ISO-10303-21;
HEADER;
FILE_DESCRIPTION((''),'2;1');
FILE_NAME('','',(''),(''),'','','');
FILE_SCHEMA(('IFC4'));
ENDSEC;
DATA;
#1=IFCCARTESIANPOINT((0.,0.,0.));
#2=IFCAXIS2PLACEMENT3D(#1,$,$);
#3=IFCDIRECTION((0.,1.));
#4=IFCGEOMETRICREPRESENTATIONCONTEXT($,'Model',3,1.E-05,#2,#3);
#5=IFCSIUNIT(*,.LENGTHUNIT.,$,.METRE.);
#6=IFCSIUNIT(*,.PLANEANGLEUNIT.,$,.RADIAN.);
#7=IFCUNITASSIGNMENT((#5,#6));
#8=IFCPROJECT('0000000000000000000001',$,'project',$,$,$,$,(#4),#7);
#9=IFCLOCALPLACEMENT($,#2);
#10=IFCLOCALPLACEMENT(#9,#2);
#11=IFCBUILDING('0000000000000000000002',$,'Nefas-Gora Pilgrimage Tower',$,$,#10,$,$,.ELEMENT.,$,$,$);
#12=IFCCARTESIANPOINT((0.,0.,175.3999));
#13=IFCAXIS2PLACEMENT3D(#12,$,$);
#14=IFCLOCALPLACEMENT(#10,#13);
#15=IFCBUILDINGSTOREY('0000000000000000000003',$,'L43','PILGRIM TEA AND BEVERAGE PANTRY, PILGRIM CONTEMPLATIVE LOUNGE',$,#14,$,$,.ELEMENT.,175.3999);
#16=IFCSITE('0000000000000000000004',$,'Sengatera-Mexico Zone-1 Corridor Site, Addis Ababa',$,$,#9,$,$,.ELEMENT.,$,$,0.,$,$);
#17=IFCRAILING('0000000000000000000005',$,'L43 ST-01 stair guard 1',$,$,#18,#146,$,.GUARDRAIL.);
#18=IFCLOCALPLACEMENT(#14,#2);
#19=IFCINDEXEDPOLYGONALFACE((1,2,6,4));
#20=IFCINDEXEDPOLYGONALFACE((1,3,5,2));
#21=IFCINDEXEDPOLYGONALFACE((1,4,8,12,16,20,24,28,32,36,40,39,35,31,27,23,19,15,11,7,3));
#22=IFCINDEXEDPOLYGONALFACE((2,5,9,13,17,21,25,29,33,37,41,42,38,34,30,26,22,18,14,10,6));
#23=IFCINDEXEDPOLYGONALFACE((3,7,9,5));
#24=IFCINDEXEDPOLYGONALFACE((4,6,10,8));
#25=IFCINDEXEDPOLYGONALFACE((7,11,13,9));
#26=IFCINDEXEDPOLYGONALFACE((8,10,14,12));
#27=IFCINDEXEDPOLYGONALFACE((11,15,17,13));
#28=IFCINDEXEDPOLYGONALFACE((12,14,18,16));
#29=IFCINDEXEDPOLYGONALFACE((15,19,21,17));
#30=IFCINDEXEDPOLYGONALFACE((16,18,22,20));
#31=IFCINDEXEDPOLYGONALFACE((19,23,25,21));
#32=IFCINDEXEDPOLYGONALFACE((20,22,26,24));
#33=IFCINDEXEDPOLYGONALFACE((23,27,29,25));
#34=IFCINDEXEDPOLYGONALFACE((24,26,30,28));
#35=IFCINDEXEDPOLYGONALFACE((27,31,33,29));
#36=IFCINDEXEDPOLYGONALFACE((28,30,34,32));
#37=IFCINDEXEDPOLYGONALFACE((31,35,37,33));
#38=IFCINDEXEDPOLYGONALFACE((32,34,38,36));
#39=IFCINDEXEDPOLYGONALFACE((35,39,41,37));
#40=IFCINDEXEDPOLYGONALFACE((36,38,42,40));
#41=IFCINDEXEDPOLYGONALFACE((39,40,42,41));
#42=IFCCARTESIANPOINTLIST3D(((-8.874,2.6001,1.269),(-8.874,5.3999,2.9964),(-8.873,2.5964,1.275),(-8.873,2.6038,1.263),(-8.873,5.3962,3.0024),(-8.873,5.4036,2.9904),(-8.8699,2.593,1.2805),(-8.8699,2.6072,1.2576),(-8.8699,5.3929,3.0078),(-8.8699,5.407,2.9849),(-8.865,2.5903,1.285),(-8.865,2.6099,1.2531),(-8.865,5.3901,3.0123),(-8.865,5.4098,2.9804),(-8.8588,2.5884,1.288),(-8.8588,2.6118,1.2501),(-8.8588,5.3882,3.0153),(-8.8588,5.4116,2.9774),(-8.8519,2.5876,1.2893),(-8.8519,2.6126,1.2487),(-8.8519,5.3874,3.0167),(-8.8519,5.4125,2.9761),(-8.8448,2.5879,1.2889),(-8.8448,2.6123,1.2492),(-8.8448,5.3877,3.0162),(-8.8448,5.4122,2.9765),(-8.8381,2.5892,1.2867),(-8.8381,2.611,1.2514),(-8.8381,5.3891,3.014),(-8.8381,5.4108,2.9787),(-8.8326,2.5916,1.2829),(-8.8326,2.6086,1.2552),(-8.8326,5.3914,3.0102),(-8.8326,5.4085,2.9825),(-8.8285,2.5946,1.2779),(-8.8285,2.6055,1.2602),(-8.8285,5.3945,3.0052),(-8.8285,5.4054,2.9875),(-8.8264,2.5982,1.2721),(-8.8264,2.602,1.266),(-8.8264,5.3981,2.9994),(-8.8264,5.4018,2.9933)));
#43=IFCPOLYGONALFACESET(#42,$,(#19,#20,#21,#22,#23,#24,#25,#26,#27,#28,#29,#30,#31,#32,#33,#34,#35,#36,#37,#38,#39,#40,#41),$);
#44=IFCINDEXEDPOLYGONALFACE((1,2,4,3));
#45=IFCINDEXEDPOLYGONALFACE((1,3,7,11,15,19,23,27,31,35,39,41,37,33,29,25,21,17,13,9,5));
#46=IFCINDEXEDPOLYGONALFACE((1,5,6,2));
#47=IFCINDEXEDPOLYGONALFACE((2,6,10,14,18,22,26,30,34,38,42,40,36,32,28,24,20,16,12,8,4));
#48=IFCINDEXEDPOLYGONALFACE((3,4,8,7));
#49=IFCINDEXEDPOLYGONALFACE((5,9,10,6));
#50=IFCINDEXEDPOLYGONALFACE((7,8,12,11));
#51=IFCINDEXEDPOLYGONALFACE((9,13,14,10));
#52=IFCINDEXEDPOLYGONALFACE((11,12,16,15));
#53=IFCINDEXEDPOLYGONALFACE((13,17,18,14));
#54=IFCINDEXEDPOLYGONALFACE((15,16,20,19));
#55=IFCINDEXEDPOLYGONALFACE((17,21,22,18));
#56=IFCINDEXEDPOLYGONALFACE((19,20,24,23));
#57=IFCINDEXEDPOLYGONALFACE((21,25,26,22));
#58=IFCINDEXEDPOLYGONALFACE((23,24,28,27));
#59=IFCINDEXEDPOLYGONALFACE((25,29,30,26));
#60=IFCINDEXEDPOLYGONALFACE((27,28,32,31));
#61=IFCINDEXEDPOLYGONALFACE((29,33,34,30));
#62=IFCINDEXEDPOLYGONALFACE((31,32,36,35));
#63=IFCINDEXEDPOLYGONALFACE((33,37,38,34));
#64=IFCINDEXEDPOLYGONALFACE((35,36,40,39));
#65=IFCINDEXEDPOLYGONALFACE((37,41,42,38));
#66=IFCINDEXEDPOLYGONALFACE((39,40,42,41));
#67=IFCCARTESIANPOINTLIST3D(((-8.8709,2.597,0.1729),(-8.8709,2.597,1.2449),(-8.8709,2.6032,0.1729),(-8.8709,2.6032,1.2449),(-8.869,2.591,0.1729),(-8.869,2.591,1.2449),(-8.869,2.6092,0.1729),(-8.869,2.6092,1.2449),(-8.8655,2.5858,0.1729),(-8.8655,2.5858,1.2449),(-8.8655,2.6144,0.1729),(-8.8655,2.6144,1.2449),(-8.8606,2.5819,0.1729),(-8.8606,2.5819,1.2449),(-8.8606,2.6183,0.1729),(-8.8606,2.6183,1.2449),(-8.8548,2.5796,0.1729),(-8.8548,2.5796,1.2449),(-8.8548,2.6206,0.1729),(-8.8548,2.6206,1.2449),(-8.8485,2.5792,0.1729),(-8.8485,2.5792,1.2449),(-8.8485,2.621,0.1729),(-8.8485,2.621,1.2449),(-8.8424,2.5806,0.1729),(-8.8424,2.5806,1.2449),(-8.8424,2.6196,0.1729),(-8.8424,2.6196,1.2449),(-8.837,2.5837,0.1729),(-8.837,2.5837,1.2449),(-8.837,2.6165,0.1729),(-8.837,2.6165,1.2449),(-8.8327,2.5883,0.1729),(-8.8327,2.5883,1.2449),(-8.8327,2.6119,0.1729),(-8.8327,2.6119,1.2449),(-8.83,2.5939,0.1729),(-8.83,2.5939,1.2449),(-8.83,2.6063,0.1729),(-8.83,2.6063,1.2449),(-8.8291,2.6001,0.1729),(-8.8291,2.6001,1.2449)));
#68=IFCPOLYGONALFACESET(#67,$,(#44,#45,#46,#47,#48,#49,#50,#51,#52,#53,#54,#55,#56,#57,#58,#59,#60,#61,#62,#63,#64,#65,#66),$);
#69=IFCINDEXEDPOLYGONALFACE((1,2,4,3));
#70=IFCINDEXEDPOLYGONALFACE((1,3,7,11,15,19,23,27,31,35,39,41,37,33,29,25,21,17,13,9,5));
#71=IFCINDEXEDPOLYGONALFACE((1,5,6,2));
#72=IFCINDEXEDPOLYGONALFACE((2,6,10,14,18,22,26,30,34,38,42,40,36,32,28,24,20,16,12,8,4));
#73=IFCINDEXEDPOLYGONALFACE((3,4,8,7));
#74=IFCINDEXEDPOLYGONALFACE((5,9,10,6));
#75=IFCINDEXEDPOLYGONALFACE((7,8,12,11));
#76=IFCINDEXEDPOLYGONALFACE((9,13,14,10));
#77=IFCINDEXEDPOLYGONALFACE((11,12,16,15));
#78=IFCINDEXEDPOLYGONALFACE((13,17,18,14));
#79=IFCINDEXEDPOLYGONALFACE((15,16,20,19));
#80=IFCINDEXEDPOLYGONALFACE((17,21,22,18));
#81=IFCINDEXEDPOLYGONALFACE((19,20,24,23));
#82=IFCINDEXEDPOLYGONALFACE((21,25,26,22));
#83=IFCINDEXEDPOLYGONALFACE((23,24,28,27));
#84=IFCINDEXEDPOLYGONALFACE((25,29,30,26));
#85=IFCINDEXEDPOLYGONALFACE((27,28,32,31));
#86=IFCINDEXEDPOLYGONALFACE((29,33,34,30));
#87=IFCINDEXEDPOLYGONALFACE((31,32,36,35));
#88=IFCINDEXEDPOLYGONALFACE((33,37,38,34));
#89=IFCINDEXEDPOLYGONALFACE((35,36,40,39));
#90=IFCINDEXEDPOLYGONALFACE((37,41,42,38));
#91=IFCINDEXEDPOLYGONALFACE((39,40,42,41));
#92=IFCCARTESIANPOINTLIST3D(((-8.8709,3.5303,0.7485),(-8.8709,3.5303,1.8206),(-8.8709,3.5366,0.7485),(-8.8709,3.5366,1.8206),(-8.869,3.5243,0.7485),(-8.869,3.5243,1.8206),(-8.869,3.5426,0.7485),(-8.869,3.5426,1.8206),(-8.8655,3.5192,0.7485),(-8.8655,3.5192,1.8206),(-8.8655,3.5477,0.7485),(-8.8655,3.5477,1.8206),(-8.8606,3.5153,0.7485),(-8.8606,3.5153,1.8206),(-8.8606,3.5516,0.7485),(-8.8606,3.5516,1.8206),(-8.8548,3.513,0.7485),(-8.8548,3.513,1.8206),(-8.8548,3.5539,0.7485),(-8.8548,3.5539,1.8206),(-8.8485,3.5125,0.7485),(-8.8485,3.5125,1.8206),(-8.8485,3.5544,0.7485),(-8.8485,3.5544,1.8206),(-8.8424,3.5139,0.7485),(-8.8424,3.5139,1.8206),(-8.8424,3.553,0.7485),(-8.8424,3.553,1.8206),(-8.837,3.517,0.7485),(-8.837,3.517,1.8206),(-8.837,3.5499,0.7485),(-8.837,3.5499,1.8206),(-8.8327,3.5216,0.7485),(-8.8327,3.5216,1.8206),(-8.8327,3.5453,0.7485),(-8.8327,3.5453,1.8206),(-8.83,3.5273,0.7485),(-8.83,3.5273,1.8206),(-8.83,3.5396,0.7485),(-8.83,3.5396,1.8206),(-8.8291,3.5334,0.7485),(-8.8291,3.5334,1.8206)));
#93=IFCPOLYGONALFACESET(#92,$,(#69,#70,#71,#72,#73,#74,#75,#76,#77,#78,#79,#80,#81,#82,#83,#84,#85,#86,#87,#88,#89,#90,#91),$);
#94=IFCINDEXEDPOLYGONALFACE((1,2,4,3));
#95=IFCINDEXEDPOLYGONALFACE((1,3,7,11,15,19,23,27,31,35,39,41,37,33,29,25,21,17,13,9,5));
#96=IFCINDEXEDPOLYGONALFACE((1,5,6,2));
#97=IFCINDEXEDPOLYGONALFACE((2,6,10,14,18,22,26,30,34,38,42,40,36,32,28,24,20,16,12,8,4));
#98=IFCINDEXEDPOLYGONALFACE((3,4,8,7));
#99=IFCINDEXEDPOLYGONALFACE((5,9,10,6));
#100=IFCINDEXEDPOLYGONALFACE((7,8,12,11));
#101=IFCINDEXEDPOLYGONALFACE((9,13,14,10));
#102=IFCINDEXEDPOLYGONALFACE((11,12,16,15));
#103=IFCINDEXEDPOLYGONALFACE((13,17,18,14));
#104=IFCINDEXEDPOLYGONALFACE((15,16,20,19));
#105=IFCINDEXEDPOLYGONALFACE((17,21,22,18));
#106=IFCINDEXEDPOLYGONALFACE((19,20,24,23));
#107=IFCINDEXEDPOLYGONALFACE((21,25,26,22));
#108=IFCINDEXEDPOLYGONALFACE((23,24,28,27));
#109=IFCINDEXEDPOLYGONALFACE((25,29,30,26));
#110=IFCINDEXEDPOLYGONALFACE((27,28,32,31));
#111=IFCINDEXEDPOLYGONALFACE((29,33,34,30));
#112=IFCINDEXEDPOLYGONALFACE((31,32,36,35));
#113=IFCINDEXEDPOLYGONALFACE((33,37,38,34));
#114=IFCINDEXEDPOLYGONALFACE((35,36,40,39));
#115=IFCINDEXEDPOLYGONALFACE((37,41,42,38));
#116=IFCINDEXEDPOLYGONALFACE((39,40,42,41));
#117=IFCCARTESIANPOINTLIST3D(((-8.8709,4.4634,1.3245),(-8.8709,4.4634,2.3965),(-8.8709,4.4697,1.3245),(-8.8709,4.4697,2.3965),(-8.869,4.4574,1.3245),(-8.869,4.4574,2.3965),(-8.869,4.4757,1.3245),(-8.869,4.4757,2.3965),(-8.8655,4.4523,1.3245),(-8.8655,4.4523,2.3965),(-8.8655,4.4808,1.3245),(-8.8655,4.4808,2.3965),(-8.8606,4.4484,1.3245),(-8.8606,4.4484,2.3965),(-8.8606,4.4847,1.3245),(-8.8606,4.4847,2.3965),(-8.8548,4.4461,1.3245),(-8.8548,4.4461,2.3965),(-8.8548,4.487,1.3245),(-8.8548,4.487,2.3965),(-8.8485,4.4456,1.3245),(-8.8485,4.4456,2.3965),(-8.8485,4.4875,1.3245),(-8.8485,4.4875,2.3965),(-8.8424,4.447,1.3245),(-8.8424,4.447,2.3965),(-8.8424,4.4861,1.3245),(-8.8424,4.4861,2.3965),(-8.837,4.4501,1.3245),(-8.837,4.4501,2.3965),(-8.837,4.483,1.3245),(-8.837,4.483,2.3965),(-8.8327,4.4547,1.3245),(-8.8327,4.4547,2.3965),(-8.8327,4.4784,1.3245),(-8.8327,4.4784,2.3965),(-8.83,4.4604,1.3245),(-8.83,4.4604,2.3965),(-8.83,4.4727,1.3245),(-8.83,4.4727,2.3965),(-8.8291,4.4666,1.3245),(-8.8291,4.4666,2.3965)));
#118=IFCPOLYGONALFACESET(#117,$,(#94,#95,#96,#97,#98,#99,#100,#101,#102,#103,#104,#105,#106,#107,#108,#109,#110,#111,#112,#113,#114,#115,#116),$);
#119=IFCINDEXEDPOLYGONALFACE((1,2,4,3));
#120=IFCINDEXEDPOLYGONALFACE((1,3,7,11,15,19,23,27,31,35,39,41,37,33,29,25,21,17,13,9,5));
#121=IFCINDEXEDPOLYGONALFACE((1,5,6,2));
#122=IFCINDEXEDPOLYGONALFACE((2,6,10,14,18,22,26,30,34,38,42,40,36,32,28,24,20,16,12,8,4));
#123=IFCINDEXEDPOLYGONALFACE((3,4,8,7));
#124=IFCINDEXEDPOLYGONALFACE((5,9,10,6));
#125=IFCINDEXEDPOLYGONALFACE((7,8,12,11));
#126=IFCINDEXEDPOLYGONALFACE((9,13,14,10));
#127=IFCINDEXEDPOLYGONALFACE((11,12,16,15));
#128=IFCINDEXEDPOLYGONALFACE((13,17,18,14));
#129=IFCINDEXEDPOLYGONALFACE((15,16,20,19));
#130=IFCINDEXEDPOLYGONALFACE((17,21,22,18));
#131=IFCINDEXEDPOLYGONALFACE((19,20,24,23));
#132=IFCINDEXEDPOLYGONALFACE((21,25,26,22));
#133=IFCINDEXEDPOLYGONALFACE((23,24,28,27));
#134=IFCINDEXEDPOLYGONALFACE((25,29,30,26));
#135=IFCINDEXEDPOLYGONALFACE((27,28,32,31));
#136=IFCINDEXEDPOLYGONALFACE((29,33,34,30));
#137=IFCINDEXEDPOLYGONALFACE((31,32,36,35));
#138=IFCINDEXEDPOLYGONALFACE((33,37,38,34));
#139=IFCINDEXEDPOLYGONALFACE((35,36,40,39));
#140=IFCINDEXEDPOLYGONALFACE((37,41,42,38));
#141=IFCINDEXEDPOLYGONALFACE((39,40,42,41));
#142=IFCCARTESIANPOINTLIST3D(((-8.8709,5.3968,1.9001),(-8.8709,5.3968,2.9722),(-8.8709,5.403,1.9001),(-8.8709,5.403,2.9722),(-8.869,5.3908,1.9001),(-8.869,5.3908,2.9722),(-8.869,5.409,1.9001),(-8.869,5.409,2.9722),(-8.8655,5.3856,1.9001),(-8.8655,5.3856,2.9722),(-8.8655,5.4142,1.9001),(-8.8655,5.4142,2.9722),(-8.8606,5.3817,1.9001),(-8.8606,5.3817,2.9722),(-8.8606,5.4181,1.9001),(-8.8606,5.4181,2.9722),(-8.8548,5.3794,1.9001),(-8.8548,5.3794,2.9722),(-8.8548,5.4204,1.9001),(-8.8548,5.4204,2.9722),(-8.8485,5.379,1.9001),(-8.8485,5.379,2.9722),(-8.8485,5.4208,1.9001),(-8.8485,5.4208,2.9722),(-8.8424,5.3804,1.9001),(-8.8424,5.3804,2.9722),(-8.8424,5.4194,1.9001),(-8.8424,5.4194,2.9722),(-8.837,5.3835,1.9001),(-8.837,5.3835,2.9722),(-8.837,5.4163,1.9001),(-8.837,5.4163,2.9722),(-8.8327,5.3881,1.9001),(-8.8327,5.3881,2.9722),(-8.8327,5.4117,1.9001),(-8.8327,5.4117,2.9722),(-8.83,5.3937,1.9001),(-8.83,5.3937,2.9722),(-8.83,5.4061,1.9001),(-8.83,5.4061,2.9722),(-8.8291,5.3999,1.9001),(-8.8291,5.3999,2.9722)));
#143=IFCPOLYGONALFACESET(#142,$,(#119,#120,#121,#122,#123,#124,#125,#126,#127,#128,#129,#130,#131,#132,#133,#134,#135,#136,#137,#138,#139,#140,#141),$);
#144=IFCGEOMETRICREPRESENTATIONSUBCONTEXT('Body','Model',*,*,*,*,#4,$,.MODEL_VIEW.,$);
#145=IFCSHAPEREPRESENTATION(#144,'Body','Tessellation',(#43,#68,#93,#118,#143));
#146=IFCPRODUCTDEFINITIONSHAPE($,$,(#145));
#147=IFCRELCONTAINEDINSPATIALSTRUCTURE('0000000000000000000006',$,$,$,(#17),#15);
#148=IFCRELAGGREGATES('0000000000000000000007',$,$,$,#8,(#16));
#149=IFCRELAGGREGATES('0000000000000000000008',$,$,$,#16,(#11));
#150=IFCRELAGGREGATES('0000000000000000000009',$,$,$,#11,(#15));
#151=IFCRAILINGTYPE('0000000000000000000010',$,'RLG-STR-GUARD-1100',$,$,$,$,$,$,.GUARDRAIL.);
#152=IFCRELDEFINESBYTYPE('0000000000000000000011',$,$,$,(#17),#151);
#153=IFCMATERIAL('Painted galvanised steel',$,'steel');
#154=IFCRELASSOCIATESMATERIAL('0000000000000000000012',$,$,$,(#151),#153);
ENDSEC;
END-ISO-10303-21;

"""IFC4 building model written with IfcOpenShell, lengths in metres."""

from ifc_helpers import new_model, si_unit, direction, frame, origin, origin_2d, place, context, subcontext, project, spatial, circle, extrude, material, type_object, element, save


model = new_model("IFC4")

# Units and contexts
model_context = context("Model", 3, precision=1e-05, world=origin(), true_north=direction((0.0, 1.0)))
body_context = subcontext(model_context, "Body", "Model", "MODEL_VIEW")
ifc_project = project(units=[si_unit("LENGTHUNIT", "METRE"), si_unit("PLANEANGLEUNIT", "RADIAN")], contexts=[model_context])

# Site, building, storey
site_placement = place(None, origin())
site = spatial("IfcSite", under=ifc_project, at=site_placement, Name="Sengatera-Mexico Zone-1 Corridor Site, Addis Ababa", CompositionType="ELEMENT", RefElevation=0.0)
building_placement = place(site_placement, origin())
building = spatial("IfcBuilding", under=site, at=building_placement, Name="Nefas-Gora Pilgrimage Tower", CompositionType="ELEMENT")
storey_placement = place(building_placement, frame((0.0, 0.0, 175.3999)))
storey = spatial("IfcBuildingStorey", under=building, at=storey_placement, Name="L43", Description="PILGRIM TEA AND BEVERAGE PANTRY, PILGRIM CONTEMPLATIVE LOUNGE", CompositionType="ELEMENT", Elevation=175.3999)

# Railing
ifc_material_1 = material(Name="Painted galvanised steel", Category="steel")
railing_type_1 = type_object("IfcRailingType", Name="RLG-STR-GUARD-1100", PredefinedType="GUARDRAIL", material=ifc_material_1)
railing_1_placement = place(storey_placement, frame((-8.8501, 2.6001, 0.1729)))
element("IfcRailing", 1, at=railing_1_placement, inside=storey, type_object=railing_type_1, Name="L43 ST-01 stair guard 1", PredefinedType="GUARDRAIL", context=body_context, shape_type="SweptSolid", body=[
    extrude(circle(Radius=0.0239, at=origin_2d()), frame((0.0, 0.0, 1.0962), z_axis=(0.0, 0.851069, 0.525054), x_axis=(-1.0, 0.0, 0.0)), (0.0, 0.0, 1.0), 3.2898),
    extrude(circle(Radius=0.021, at=origin_2d()), origin(), (0.0, 0.0, 1.0), 1.072),
    extrude(circle(Radius=0.021, at=origin_2d()), frame((0.0, 0.9333, 0.5757)), (0.0, 0.0, 1.0), 1.072),
    extrude(circle(Radius=0.021, at=origin_2d()), frame((0.0, 1.8665, 1.1516)), (0.0, 0.0, 1.0), 1.072),
    extrude(circle(Radius=0.021, at=origin_2d()), frame((0.0, 2.7998, 1.7273)), (0.0, 0.0, 1.0), 1.072),
])

save(model, "model.ifc")
